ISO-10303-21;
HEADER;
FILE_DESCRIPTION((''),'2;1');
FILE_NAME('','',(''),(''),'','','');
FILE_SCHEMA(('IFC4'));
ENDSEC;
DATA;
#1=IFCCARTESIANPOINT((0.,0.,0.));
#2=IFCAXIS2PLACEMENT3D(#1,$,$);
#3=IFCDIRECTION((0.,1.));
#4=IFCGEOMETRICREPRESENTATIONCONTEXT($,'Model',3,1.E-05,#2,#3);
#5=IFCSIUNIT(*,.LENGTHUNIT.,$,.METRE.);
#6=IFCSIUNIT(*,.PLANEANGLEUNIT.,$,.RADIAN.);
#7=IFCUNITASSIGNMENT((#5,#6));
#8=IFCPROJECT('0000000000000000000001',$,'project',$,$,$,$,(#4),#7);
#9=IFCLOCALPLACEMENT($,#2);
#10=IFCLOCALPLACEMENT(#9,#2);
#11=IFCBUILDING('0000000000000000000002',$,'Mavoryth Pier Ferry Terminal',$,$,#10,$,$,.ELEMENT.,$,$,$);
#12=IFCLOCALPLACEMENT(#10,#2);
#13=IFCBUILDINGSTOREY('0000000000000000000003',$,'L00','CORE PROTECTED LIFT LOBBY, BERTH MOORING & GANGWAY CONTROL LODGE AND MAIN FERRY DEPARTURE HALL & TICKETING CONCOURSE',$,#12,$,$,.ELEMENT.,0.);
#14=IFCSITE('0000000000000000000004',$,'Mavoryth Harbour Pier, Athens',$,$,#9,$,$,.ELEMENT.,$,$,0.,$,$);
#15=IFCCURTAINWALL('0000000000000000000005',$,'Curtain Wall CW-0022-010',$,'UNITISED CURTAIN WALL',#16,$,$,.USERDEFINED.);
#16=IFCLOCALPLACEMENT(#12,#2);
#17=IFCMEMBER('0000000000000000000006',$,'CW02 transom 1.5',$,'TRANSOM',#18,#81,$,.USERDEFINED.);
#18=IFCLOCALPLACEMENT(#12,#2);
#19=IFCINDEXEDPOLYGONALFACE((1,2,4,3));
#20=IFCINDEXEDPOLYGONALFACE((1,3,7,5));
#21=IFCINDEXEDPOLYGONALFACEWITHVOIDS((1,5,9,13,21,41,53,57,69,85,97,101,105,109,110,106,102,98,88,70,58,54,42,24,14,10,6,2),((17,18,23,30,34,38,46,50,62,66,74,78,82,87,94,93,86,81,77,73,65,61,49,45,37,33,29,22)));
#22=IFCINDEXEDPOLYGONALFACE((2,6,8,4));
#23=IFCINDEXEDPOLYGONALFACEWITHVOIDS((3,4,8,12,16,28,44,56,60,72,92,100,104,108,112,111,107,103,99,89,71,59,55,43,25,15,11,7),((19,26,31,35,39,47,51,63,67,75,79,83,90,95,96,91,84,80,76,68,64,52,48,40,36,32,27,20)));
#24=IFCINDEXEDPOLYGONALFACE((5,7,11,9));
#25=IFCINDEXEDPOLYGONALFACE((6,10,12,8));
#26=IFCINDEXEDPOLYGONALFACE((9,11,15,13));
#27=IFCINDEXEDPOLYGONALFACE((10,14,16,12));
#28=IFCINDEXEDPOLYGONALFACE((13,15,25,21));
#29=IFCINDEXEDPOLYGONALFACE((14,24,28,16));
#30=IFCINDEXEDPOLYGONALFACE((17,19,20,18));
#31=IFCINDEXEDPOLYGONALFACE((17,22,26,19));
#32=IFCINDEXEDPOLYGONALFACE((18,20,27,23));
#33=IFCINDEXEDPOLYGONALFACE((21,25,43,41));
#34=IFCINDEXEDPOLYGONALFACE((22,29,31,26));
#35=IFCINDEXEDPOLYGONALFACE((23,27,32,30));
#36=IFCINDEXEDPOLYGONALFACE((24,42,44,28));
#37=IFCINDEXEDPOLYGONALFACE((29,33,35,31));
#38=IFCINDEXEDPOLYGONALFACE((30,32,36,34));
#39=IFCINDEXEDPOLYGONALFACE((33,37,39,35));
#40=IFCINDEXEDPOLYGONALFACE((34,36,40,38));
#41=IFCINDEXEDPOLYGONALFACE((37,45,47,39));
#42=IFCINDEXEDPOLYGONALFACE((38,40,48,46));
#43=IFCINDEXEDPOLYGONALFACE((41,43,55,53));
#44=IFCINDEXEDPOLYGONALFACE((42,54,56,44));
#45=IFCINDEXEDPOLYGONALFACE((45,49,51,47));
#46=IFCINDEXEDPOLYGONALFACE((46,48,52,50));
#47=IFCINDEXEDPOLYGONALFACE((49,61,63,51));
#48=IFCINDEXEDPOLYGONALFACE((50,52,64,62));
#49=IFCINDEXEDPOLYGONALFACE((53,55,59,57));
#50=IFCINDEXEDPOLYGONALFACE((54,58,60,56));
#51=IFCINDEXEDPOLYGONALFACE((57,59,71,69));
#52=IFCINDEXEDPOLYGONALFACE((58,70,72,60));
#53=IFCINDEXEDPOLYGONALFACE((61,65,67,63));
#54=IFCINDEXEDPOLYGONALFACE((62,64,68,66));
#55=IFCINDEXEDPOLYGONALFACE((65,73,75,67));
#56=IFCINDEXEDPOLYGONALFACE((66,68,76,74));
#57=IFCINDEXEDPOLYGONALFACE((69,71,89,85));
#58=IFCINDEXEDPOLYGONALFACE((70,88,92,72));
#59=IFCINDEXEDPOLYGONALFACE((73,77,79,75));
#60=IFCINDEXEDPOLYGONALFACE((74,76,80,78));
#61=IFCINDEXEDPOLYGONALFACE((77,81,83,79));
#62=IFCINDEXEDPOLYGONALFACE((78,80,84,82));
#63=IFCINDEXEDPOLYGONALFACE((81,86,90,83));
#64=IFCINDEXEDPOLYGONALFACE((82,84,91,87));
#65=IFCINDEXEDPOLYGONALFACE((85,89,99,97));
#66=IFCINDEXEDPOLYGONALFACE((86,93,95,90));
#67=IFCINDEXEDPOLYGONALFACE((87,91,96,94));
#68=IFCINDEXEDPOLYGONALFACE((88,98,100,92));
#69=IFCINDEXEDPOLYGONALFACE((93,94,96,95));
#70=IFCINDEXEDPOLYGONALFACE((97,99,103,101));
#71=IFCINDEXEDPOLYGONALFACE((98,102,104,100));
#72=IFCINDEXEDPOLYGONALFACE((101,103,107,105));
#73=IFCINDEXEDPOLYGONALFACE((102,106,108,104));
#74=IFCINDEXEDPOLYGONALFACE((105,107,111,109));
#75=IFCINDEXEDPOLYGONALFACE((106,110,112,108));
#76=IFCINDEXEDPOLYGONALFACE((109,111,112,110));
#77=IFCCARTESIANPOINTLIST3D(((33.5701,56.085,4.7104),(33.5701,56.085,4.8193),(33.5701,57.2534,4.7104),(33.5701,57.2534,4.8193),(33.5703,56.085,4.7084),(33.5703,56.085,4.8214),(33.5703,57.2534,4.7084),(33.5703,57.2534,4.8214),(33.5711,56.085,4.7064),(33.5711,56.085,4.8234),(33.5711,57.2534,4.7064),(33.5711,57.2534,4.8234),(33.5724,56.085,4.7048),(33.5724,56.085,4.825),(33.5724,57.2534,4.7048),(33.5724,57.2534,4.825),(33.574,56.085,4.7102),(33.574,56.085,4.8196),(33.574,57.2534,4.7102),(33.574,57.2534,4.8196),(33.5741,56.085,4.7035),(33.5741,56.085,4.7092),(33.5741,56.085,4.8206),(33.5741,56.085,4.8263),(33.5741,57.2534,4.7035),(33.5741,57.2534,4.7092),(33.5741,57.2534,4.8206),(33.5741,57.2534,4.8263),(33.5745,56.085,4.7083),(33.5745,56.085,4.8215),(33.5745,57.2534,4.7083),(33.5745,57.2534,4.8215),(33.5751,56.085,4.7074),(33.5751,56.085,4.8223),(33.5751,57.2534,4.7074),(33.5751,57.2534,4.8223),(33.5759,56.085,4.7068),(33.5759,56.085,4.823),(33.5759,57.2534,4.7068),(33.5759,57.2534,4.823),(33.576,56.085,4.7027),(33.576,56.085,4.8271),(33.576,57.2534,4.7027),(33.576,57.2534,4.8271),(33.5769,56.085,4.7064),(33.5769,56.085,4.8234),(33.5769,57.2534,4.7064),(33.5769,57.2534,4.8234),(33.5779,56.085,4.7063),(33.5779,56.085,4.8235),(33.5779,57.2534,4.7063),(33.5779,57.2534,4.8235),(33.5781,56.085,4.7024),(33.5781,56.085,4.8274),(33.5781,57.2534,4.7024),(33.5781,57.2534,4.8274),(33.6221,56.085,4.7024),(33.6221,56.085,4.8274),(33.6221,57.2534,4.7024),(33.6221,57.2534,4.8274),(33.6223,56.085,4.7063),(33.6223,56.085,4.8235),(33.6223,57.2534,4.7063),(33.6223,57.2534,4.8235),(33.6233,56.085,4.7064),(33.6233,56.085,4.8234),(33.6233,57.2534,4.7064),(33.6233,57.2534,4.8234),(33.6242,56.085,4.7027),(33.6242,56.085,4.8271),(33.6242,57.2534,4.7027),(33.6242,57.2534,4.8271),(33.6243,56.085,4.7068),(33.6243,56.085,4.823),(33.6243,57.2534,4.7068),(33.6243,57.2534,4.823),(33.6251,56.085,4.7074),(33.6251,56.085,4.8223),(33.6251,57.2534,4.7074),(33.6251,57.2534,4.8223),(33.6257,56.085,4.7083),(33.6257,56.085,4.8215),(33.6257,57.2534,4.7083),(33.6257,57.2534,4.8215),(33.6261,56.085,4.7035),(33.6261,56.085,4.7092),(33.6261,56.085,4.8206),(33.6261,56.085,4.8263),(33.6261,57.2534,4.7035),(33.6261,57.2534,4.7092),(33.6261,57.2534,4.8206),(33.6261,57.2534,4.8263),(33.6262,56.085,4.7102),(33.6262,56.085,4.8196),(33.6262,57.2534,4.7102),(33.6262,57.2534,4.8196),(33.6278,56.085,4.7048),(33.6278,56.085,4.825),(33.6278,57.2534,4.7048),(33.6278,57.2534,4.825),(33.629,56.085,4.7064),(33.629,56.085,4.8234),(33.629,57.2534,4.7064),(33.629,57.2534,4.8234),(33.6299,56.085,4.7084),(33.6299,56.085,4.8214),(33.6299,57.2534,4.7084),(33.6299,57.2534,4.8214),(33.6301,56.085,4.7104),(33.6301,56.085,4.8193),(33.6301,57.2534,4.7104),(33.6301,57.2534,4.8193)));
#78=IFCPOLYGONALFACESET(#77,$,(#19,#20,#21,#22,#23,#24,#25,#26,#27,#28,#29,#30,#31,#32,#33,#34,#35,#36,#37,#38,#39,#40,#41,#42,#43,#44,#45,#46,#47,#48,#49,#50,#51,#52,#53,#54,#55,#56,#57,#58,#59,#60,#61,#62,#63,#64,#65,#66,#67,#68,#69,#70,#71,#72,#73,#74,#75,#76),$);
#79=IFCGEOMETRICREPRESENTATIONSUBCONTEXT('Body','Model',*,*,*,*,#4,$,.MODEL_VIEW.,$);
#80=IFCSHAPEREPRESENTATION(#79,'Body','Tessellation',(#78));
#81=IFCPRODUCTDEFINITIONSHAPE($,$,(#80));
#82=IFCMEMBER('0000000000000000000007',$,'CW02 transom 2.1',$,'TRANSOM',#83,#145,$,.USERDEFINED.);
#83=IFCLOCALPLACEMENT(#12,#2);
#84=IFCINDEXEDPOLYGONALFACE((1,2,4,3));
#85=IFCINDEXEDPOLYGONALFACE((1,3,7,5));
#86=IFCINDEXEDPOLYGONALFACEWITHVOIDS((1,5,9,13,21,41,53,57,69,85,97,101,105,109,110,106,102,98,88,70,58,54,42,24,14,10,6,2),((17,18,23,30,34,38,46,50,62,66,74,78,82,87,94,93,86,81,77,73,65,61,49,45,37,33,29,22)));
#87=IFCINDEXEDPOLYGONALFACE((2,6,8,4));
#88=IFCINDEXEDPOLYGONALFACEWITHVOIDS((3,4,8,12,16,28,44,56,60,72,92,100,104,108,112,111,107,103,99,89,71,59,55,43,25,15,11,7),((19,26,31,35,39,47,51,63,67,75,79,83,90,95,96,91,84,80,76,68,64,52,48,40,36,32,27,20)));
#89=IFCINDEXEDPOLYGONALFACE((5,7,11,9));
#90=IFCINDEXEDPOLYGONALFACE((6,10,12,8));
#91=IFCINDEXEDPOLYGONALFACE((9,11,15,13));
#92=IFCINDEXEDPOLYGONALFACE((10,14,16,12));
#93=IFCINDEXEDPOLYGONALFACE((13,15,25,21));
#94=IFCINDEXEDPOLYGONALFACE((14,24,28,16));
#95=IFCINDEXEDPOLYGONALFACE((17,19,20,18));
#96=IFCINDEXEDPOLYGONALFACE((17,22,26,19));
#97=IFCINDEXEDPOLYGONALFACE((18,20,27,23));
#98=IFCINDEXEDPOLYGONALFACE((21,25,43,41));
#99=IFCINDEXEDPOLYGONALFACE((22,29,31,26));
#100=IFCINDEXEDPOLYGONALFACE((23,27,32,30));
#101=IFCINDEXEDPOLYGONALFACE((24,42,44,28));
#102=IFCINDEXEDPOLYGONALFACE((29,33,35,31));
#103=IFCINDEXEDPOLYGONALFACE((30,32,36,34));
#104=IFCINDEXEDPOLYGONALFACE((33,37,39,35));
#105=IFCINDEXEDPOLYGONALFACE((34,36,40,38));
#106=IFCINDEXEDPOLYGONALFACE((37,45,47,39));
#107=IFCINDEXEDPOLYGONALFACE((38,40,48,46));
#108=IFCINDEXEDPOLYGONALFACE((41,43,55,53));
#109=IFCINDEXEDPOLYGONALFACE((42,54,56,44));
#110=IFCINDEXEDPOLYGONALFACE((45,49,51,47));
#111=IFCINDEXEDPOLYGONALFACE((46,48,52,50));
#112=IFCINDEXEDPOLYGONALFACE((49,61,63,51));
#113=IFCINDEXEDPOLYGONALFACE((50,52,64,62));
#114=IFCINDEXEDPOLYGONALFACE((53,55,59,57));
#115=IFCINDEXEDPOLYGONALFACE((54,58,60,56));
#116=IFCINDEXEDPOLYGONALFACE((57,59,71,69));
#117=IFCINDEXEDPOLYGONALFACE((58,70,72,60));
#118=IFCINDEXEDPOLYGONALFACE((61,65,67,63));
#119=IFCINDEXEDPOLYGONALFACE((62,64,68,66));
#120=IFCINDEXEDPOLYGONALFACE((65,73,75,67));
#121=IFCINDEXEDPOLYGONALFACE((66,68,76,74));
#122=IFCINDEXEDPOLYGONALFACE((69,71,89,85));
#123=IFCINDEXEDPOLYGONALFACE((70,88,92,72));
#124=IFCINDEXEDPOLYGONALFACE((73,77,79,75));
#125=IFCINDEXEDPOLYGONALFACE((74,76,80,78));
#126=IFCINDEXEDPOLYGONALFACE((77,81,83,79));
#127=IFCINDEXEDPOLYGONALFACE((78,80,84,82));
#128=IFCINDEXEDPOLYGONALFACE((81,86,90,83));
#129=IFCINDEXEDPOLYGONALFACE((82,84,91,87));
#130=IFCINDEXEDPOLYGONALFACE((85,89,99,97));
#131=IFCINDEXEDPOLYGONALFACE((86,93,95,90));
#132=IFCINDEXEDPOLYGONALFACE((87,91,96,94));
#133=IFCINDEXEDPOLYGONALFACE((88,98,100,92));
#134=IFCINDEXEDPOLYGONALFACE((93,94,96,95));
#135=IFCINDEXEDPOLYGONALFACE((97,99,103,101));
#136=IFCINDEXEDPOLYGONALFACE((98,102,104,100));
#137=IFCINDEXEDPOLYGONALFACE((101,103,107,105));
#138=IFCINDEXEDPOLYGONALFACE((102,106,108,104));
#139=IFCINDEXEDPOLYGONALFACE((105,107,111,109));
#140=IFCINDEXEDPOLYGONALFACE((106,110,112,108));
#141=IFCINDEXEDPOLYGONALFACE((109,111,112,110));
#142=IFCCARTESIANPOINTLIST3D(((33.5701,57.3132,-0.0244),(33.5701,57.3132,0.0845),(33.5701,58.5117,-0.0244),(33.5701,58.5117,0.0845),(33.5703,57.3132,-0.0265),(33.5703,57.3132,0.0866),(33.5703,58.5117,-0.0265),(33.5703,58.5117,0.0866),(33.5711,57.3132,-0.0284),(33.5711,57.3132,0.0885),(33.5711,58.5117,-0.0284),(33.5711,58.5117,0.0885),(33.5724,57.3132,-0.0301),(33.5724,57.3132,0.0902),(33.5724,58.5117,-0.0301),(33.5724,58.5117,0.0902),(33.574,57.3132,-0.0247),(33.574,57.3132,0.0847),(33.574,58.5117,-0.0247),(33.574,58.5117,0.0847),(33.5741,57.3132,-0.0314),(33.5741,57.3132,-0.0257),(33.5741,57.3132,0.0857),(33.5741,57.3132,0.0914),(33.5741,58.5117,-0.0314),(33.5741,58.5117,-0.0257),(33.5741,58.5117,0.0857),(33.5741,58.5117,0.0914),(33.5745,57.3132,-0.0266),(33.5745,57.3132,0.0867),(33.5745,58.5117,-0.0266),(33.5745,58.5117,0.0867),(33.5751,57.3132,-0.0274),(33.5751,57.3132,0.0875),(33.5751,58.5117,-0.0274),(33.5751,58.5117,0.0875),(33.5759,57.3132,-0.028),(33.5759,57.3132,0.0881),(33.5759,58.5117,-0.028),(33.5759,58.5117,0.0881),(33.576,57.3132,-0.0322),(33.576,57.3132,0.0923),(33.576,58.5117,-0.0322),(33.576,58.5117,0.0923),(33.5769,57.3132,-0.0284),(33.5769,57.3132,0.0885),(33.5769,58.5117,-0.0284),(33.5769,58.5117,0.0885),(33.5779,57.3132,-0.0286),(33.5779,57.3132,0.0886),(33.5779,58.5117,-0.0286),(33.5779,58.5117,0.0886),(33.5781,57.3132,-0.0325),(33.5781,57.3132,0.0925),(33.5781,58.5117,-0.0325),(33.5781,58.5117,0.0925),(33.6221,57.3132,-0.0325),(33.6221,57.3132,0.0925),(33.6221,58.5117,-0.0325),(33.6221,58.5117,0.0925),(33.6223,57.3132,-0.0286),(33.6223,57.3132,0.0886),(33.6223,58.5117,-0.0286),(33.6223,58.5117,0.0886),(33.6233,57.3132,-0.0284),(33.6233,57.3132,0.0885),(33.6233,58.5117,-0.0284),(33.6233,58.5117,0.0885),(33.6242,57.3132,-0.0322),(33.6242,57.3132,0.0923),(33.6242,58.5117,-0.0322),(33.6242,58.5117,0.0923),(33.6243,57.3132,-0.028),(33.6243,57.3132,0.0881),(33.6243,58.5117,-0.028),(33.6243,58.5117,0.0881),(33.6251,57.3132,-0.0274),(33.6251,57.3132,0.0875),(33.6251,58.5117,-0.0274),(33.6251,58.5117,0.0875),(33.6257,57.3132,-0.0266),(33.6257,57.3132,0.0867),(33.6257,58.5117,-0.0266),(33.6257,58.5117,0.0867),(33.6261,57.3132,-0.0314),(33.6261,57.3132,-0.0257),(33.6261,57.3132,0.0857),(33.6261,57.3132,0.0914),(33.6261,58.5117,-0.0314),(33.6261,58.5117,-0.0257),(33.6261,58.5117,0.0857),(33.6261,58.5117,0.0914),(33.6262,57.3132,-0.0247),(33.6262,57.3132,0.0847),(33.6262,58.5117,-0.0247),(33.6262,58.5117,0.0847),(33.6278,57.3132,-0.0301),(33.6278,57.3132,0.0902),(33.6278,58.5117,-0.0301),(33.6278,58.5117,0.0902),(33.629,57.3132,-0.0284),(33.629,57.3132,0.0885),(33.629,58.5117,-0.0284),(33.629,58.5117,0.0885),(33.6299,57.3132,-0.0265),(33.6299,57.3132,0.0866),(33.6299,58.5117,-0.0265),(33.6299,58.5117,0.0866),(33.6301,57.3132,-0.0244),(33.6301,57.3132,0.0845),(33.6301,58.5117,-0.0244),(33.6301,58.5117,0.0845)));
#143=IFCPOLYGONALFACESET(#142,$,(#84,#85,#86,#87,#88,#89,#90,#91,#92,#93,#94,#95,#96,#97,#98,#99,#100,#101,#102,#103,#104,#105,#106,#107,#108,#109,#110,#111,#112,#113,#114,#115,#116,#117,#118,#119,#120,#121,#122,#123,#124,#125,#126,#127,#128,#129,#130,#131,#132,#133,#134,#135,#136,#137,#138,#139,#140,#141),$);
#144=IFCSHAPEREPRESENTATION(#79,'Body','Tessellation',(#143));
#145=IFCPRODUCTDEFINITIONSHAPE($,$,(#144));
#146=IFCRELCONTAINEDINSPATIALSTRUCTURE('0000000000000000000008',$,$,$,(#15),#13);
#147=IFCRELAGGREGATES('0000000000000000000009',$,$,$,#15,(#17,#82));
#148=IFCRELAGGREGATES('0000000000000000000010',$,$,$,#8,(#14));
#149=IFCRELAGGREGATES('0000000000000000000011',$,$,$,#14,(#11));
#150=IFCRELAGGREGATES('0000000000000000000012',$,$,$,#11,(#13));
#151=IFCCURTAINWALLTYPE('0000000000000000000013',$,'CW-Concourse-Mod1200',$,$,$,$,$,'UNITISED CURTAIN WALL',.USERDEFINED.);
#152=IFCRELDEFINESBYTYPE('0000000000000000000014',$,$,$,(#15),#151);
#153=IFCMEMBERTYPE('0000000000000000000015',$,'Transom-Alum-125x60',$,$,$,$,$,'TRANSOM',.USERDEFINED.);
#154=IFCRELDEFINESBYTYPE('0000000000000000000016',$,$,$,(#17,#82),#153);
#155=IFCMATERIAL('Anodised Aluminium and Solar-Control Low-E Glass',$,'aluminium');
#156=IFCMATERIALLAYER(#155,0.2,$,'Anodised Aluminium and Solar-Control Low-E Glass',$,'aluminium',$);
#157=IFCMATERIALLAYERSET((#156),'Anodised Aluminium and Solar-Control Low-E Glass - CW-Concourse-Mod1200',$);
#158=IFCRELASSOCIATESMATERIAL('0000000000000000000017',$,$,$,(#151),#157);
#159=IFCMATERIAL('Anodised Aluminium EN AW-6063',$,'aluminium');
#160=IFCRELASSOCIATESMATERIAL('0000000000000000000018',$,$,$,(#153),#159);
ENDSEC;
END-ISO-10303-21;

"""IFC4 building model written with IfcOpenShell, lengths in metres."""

from ifc_helpers import new_model, si_unit, direction, frame, origin, origin_2d, place, context, subcontext, project, spatial, hollow_rectangle, extrude, material, layer, layer_set, material_profile, profile_set, type_object, element, aggregate, save


model = new_model("IFC4")

# Units and contexts
model_context = context("Model", 3, precision=1e-05, world=origin(), true_north=direction((0.0, 1.0)))
body_context = subcontext(model_context, "Body", "Model", "MODEL_VIEW")
ifc_project = project(units=[si_unit("LENGTHUNIT", "METRE"), si_unit("PLANEANGLEUNIT", "RADIAN")], contexts=[model_context])

# Site, building, storey
site_placement = place(None, origin())
site = spatial("IfcSite", under=ifc_project, at=site_placement, Name="Mavoryth Harbour Pier, Athens", CompositionType="ELEMENT", RefElevation=0.0)
building_placement = place(site_placement, origin())
building = spatial("IfcBuilding", under=site, at=building_placement, Name="Mavoryth Pier Ferry Terminal", CompositionType="ELEMENT")
storey_placement = place(building_placement, origin())
storey = spatial("IfcBuildingStorey", under=building, at=storey_placement, Name="L00", Description="CORE PROTECTED LIFT LOBBY, BERTH MOORING & GANGWAY CONTROL LODGE AND MAIN FERRY DEPARTURE HALL & TICKETING CONCOURSE", CompositionType="ELEMENT", Elevation=0.0)

# Curtain wall, members
ifc_material_1 = material(Name="Anodised Aluminium and Solar-Control Low-E Glass", Category="aluminium")
ifc_layer_1 = layer(ifc_material_1, 0.2, Name="Anodised Aluminium and Solar-Control Low-E Glass", Category="aluminium")
ifc_layer_set_1 = layer_set([ifc_layer_1], Name="Anodised Aluminium and Solar-Control Low-E Glass - CW-Concourse-Mod1200")
curtain_wall_type = type_object("IfcCurtainWallType", Name="CW-Concourse-Mod1200", ElementType="UNITISED CURTAIN WALL", PredefinedType="USERDEFINED", material=ifc_layer_set_1)
curtain_wall_placement = place(storey_placement, origin())
curtain_wall = element("IfcCurtainWall", 1, at=curtain_wall_placement, inside=storey, type_object=curtain_wall_type, Name="Curtain Wall CW-0022-010", ObjectType="UNITISED CURTAIN WALL", PredefinedType="USERDEFINED")
ifc_material_2 = material(Name="Anodised Aluminium EN AW-6063", Category="aluminium")
ifc_material_profile_1 = material_profile(ifc_material_2, hollow_rectangle(XDim=0.0601, YDim=0.125, WallThickness=0.0039, InnerFilletRadius=0.0039, OuterFilletRadius=0.0081, at=origin_2d()), Name="AL-TRAN 125x60x4", Category="aluminium")
ifc_profile_set_1 = profile_set([ifc_material_profile_1], Name="Anodised Aluminium EN AW-6063 - AL-TRAN 125x60x4")
member_type_1 = type_object("IfcMemberType", Name="Transom-Alum-125x60", ElementType="TRANSOM", PredefinedType="USERDEFINED", material=ifc_profile_set_1)
member_1_placement = place(storey_placement, frame((33.6001, 56.085, 4.7649), z_axis=(0.0, 1.0, 0.0), x_axis=(-1.0, 0.0, 0.0)))
member_1 = element("IfcMember", 2, at=member_1_placement, type_object=member_type_1, Name="CW02 transom 1.5", ObjectType="TRANSOM", PredefinedType="USERDEFINED", context=body_context, shape_type="SweptSolid", body=[
    extrude(hollow_rectangle(XDim=0.0601, YDim=0.125, WallThickness=0.0039, InnerFilletRadius=0.0039, OuterFilletRadius=0.0081, at=origin_2d()), origin(), (0.0, 0.0, 1.0), 1.1685),
])
member_2_placement = place(storey_placement, frame((33.6001, 57.3132, 0.03), z_axis=(0.0, 1.0, 0.0), x_axis=(-1.0, 0.0, 0.0)))
member_2 = element("IfcMember", 3, at=member_2_placement, type_object=member_type_1, Name="CW02 transom 2.1", ObjectType="TRANSOM", PredefinedType="USERDEFINED", context=body_context, shape_type="SweptSolid", body=[
    extrude(hollow_rectangle(XDim=0.0601, YDim=0.125, WallThickness=0.0039, InnerFilletRadius=0.0039, OuterFilletRadius=0.0081, at=origin_2d()), origin(), (0.0, 0.0, 1.0), 1.1985),
])
aggregate(curtain_wall, [member_1, member_2])

save(model, "model.ifc")
